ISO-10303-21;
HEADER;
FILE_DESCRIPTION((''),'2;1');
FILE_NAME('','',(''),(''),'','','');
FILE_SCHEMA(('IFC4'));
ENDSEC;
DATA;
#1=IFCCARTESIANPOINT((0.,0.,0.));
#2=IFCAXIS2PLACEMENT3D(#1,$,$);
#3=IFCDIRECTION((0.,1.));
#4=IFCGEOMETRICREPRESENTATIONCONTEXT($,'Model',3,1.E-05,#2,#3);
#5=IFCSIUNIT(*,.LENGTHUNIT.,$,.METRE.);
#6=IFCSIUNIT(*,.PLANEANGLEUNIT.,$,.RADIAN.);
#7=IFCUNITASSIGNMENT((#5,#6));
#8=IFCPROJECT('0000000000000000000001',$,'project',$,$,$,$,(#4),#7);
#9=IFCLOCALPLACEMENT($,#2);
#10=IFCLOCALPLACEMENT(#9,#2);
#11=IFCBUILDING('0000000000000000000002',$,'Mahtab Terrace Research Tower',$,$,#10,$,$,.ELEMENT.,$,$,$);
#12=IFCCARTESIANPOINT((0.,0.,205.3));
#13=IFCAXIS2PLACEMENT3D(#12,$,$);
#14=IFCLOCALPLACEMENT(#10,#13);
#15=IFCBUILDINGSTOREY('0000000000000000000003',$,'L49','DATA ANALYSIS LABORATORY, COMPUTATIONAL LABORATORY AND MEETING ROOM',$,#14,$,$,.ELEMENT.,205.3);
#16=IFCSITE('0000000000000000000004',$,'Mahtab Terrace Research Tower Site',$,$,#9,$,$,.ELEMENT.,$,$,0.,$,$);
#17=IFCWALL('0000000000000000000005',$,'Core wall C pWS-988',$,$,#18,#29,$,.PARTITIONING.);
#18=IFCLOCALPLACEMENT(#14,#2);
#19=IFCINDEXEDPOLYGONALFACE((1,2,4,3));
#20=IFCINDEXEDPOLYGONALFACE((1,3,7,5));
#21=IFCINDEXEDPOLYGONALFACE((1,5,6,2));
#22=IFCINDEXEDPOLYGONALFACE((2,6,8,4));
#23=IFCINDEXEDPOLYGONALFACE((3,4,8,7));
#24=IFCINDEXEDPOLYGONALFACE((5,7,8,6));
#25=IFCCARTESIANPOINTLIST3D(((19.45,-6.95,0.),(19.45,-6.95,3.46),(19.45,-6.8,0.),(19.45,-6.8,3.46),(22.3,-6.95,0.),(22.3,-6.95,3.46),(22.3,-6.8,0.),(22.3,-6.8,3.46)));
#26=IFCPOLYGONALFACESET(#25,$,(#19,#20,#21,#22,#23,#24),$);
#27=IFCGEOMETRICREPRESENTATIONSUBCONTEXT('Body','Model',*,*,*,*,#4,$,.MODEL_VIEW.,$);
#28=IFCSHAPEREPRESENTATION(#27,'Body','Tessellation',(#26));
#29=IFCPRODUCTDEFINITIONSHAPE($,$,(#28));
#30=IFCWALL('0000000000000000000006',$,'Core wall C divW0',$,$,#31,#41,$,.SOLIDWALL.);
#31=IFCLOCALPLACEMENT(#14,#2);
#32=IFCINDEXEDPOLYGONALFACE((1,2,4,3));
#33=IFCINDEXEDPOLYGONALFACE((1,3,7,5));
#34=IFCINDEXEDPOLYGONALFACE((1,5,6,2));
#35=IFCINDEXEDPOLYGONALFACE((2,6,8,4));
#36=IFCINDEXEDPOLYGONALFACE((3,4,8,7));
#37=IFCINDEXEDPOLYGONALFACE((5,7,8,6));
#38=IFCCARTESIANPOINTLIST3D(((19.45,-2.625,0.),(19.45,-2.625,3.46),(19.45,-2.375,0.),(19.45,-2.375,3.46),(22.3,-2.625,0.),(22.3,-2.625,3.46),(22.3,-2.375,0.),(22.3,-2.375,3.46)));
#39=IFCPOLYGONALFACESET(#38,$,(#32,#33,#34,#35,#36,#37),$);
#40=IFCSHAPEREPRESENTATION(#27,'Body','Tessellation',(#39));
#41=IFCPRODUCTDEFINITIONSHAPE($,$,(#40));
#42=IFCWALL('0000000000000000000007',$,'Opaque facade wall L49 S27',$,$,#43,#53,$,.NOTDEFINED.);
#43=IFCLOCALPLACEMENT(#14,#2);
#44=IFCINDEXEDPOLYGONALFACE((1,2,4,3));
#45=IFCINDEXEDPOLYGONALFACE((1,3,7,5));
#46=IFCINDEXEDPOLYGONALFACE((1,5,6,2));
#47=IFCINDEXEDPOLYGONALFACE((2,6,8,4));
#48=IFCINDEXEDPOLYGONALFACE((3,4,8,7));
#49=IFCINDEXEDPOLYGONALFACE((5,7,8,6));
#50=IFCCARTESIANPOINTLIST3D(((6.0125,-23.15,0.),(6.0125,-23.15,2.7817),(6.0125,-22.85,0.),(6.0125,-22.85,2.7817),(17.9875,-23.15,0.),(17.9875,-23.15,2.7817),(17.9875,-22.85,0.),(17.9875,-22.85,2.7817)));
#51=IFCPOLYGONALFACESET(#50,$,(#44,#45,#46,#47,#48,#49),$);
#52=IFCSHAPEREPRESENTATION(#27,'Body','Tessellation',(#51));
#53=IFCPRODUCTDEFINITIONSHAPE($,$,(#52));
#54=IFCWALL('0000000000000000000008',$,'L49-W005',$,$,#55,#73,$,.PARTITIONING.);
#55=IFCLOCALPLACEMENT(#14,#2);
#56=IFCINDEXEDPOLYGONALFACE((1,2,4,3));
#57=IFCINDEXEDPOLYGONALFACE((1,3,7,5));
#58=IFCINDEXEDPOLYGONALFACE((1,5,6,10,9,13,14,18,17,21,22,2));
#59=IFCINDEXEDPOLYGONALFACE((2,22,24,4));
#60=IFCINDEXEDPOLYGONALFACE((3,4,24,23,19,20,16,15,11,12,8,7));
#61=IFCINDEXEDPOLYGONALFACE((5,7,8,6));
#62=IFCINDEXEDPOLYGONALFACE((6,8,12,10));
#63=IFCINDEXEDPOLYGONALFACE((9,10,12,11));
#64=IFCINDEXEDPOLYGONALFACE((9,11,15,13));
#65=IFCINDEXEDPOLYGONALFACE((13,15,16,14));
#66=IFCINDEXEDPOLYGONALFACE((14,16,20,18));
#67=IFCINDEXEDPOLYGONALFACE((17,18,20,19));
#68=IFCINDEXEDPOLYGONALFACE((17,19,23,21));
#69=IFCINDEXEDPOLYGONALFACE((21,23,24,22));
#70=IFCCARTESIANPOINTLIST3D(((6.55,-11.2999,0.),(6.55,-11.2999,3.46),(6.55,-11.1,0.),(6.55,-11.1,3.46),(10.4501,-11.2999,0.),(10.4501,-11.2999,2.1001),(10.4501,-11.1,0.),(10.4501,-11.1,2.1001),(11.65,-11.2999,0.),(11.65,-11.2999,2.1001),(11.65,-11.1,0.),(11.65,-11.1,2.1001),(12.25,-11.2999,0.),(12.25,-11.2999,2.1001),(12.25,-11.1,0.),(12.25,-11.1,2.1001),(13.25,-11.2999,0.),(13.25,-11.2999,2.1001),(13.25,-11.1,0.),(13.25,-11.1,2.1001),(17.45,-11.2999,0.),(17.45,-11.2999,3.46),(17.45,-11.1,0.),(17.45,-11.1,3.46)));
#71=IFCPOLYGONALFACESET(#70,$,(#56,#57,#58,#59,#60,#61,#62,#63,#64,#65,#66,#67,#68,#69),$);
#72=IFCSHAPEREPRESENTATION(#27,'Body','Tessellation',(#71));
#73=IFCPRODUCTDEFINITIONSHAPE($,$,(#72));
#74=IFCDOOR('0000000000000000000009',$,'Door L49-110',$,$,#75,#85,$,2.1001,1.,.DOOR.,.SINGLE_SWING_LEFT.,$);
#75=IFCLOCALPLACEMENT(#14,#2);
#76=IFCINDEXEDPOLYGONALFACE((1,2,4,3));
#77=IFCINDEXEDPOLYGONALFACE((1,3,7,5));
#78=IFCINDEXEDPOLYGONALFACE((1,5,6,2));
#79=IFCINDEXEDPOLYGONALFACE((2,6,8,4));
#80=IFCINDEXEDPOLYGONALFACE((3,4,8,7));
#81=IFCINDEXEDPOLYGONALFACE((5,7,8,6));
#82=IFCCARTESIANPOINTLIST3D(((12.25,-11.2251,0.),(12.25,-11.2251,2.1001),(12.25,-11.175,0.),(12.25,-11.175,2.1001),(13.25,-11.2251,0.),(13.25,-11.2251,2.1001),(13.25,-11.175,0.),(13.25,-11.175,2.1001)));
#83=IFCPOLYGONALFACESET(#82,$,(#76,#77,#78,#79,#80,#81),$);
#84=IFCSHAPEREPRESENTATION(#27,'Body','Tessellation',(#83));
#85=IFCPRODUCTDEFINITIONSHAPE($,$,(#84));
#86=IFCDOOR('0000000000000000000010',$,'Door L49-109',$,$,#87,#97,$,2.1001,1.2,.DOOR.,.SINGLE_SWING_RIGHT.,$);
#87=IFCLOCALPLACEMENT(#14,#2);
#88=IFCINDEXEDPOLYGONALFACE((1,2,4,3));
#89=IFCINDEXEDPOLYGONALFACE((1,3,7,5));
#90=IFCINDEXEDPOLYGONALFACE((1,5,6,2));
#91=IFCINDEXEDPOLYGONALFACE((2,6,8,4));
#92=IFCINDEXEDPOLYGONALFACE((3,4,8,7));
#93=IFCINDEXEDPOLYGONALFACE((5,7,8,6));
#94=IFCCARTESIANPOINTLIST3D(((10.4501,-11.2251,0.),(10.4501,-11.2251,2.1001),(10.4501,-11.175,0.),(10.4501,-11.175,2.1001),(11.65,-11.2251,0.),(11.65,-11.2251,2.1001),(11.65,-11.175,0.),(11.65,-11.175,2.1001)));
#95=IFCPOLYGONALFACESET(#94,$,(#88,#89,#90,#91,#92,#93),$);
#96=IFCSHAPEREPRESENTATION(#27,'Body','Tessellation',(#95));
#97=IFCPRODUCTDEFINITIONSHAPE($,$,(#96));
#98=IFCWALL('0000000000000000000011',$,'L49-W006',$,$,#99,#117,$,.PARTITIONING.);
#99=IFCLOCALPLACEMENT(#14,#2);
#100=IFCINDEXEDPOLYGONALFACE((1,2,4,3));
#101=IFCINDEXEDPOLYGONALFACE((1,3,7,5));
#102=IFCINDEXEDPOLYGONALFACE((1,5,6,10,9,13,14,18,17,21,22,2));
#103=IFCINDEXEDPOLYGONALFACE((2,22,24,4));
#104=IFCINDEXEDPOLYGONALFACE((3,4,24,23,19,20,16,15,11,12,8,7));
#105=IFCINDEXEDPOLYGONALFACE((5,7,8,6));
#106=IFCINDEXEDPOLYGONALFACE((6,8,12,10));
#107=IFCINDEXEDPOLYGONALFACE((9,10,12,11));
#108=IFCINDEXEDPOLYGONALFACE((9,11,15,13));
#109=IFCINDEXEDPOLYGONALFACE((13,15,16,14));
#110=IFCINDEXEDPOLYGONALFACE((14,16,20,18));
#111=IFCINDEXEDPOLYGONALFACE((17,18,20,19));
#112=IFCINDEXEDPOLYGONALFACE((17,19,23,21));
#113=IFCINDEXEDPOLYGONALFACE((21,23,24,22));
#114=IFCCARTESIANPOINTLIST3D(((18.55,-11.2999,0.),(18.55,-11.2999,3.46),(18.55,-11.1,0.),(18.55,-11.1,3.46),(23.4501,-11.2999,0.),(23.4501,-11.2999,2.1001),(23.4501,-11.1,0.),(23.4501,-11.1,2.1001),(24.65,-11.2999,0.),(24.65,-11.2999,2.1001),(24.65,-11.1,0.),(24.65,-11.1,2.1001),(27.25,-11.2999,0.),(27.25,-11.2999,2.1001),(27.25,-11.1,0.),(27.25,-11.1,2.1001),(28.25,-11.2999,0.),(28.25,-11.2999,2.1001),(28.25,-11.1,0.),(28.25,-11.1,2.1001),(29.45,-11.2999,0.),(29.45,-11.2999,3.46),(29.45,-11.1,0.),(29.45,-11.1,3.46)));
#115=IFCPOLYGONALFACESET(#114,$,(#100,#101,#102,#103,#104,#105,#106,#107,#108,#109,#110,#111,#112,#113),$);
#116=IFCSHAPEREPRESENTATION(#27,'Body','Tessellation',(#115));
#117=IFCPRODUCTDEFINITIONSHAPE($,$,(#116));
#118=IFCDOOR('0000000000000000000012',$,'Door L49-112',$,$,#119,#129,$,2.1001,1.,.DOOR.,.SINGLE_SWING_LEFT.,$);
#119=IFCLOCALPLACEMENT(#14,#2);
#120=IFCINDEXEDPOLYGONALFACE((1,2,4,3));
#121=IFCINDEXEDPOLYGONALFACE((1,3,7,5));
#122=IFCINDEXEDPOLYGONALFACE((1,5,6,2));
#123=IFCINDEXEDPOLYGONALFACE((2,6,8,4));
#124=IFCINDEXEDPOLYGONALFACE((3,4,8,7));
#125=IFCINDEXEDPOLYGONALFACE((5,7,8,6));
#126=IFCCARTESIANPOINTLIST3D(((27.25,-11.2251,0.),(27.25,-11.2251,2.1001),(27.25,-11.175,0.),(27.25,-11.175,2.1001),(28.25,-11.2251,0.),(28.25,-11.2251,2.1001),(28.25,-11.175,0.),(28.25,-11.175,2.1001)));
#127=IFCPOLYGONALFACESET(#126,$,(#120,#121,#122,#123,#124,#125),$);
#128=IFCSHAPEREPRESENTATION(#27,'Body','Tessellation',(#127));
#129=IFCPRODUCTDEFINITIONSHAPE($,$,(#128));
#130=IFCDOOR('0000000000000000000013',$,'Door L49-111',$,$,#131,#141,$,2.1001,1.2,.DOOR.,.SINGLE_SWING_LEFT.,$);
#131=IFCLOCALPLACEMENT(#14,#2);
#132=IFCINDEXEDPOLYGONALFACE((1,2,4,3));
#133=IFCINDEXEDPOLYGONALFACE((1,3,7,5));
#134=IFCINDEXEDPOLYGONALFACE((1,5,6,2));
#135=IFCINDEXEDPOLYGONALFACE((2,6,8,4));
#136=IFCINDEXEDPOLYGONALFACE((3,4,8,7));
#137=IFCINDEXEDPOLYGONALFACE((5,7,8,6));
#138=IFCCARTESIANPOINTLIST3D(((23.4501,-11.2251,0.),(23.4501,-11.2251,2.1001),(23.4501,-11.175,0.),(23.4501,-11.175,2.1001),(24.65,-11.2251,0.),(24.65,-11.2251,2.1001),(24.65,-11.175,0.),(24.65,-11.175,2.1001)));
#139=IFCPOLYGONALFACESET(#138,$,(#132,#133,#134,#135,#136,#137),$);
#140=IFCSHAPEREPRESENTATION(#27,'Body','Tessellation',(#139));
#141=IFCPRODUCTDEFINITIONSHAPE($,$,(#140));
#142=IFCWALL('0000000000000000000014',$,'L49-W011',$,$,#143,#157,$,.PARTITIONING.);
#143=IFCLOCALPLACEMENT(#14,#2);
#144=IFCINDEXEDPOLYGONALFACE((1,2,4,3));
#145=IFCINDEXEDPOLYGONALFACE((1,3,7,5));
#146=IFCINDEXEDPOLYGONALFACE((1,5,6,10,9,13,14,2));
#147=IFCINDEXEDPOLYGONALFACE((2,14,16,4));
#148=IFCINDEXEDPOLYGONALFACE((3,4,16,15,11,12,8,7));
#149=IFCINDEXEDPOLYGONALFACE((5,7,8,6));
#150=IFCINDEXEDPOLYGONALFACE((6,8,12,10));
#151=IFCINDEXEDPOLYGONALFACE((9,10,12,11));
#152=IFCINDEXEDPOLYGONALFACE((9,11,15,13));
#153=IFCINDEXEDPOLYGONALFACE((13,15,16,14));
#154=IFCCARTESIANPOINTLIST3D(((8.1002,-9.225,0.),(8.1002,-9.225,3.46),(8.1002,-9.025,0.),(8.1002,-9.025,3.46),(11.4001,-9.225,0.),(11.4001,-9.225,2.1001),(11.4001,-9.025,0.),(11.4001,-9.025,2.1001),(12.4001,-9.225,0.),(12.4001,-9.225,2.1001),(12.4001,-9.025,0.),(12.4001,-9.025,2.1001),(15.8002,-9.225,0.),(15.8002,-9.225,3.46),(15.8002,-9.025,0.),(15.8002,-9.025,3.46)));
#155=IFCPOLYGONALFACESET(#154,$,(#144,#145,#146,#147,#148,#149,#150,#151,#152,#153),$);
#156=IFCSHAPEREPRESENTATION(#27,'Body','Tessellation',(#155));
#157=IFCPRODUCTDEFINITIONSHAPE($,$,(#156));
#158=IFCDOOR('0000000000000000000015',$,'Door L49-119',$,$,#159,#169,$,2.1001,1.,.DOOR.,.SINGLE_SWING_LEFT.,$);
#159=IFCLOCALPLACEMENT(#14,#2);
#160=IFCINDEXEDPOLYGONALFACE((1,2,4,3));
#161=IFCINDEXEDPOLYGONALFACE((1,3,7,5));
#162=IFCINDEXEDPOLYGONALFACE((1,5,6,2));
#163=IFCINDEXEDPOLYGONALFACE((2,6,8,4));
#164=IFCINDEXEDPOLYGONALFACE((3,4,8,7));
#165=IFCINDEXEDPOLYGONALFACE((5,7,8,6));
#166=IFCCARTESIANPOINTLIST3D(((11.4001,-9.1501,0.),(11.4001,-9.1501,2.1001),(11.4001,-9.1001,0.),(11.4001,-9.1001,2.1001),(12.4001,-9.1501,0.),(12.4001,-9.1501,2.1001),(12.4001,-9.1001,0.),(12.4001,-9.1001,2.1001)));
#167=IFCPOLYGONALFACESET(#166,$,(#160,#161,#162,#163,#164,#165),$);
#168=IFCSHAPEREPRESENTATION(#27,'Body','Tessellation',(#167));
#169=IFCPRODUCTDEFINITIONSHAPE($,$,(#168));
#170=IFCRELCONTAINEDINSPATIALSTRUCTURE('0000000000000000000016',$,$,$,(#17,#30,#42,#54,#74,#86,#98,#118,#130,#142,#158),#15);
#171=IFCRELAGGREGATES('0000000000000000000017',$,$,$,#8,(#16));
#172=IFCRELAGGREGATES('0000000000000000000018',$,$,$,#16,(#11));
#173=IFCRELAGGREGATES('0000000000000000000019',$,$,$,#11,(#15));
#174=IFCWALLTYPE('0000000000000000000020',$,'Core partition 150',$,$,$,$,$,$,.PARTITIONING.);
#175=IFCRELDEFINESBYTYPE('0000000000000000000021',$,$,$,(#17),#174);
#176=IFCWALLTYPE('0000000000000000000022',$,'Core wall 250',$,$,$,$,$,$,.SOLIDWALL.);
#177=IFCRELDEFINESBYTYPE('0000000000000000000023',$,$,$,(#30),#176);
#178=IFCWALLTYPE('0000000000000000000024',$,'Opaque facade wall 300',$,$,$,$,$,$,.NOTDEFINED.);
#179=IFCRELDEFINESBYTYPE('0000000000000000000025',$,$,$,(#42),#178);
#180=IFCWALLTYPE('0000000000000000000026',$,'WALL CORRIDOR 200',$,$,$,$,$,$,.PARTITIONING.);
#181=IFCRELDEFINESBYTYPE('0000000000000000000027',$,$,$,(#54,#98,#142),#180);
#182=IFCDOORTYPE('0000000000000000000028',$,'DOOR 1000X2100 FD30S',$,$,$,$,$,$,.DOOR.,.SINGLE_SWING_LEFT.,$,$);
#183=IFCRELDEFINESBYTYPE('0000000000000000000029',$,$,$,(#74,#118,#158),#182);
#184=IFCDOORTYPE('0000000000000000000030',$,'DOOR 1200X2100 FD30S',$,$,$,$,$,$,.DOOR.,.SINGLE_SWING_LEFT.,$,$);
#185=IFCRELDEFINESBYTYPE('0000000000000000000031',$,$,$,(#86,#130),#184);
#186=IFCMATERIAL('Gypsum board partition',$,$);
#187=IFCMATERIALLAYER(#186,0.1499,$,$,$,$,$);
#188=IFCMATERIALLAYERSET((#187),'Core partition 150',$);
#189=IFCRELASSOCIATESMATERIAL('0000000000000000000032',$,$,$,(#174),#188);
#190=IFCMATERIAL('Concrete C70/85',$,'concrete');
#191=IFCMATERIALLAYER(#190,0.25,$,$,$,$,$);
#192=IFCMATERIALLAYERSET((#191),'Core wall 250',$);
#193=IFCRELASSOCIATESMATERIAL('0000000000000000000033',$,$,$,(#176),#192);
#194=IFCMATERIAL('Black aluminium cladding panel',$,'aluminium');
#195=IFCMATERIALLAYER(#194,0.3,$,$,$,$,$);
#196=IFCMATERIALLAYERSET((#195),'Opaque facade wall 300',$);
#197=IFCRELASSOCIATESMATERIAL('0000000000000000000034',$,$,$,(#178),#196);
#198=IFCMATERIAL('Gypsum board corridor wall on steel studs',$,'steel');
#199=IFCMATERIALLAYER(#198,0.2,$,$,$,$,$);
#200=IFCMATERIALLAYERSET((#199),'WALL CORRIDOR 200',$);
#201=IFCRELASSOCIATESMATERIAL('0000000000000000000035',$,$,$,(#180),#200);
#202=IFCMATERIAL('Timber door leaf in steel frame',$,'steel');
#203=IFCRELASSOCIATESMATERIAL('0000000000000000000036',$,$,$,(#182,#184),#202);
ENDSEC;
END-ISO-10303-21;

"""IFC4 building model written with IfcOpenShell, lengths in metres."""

from ifc_helpers import new_model, si_unit, direction, frame, frame_2d, origin, place, context, subcontext, project, spatial, rectangle, extrude, material, layer, layer_set, type_object, element, fill, save


model = new_model("IFC4")

# Units and contexts
model_context = context("Model", 3, precision=1e-05, world=origin(), true_north=direction((0.0, 1.0)))
body_context = subcontext(model_context, "Body", "Model", "MODEL_VIEW")
ifc_project = project(units=[si_unit("LENGTHUNIT", "METRE"), si_unit("PLANEANGLEUNIT", "RADIAN")], contexts=[model_context])

# Site, building, storey
site_placement = place(None, origin())
site = spatial("IfcSite", under=ifc_project, at=site_placement, Name="Mahtab Terrace Research Tower Site", CompositionType="ELEMENT", RefElevation=0.0)
building_placement = place(site_placement, origin())
building = spatial("IfcBuilding", under=site, at=building_placement, Name="Mahtab Terrace Research Tower", CompositionType="ELEMENT")
storey_placement = place(building_placement, frame((0.0, 0.0, 205.3)))
storey = spatial("IfcBuildingStorey", under=building, at=storey_placement, Name="L49", Description="DATA ANALYSIS LABORATORY, COMPUTATIONAL LABORATORY AND MEETING ROOM", CompositionType="ELEMENT", Elevation=205.3)

# Shared definitions
ifc_material_1 = material(Name="Concrete C70/85", Category="concrete")

# Walls
ifc_material_2 = material(Name="Gypsum board partition")
ifc_layer_1 = layer(ifc_material_2, 0.1499)
ifc_layer_set_1 = layer_set([ifc_layer_1], Name="Core partition 150")
wall_type_1 = type_object("IfcWallType", Name="Core partition 150", PredefinedType="PARTITIONING", material=ifc_layer_set_1)
wall_1_placement = place(storey_placement, frame((19.45, -6.875, 0.0), z_axis=(0.0, 0.0, 1.0), x_axis=(1.0, 0.0, 0.0)))
element("IfcWall", 1, at=wall_1_placement, inside=storey, type_object=wall_type_1, Name="Core wall C pWS-988", PredefinedType="PARTITIONING", context=body_context, shape_type="SweptSolid", body=[
    extrude(rectangle(XDim=2.8501, YDim=0.1499, at=frame_2d((1.425, 0.0))), origin(), (0.0, 0.0, 1.0), 3.46),
])
ifc_layer_2 = layer(ifc_material_1, 0.25)
ifc_layer_set_2 = layer_set([ifc_layer_2], Name="Core wall 250")
wall_type_2 = type_object("IfcWallType", Name="Core wall 250", PredefinedType="SOLIDWALL", material=ifc_layer_set_2)
wall_2_placement = place(storey_placement, frame((19.45, -2.5, 0.0), z_axis=(0.0, 0.0, 1.0), x_axis=(1.0, 0.0, 0.0)))
element("IfcWall", 2, at=wall_2_placement, inside=storey, type_object=wall_type_2, Name="Core wall C divW0", PredefinedType="SOLIDWALL", context=body_context, shape_type="SweptSolid", body=[
    extrude(rectangle(XDim=2.8501, YDim=0.25, at=frame_2d((1.425, 0.0))), origin(), (0.0, 0.0, 1.0), 3.46),
])
ifc_material_3 = material(Name="Black aluminium cladding panel", Category="aluminium")
ifc_layer_3 = layer(ifc_material_3, 0.3)
ifc_layer_set_3 = layer_set([ifc_layer_3], Name="Opaque facade wall 300")
wall_type_3 = type_object("IfcWallType", Name="Opaque facade wall 300", PredefinedType="NOTDEFINED", material=ifc_layer_set_3)
wall_3_placement = place(storey_placement, frame((6.0125, -23.0, 0.0), z_axis=(0.0, 0.0, 1.0), x_axis=(1.0, 0.0, 0.0)))
element("IfcWall", 3, at=wall_3_placement, inside=storey, type_object=wall_type_3, Name="Opaque facade wall L49 S27", PredefinedType="NOTDEFINED", context=body_context, shape_type="SweptSolid", body=[
    extrude(rectangle(XDim=11.9751, YDim=0.3, at=frame_2d((5.9875, 0.0))), origin(), (0.0, 0.0, 1.0), 2.7817),
])

# Walls, openings, doors
ifc_material_4 = material(Name="Gypsum board corridor wall on steel studs", Category="steel")
ifc_layer_4 = layer(ifc_material_4, 0.2)
ifc_layer_set_4 = layer_set([ifc_layer_4], Name="WALL CORRIDOR 200")
wall_type_4 = type_object("IfcWallType", Name="WALL CORRIDOR 200", PredefinedType="PARTITIONING", material=ifc_layer_set_4)
wall_4_placement = place(storey_placement, frame((6.55, -11.2, 0.0), z_axis=(0.0, 0.0, 1.0), x_axis=(1.0, 0.0, 0.0)))
wall_4 = element("IfcWall", 4, at=wall_4_placement, inside=storey, type_object=wall_type_4, Name="L49-W005", PredefinedType="PARTITIONING", context=body_context, shape_type="SweptSolid", body=[
    extrude(rectangle(XDim=10.8999, YDim=0.2, at=frame_2d((5.45, 0.0))), origin(), (0.0, 0.0, 1.0), 3.46),
])
opening_1_placement = place(wall_4_placement, frame((3.8999, 0.0, 0.0)))
opening_1 = element("IfcOpeningElement", 5, at=opening_1_placement, cuts=wall_4, PredefinedType="OPENING", context=body_context, shape_type="SweptSolid", body=[
    extrude(rectangle(XDim=1.2, YDim=2.1001, at=frame_2d((0.6001, 1.05))), frame((0.0, 0.1099, 0.0), z_axis=(0.0, -1.0, 0.0), x_axis=(1.0, 0.0, 0.0)), (0.0, 0.0, 1.0), 0.22),
])
opening_2_placement = place(wall_4_placement, frame((5.7, 0.0, 0.0)))
opening_2 = element("IfcOpeningElement", 6, at=opening_2_placement, cuts=wall_4, PredefinedType="OPENING", context=body_context, shape_type="SweptSolid", body=[
    extrude(rectangle(XDim=1.0, YDim=2.1001, at=frame_2d((0.5, 1.05))), frame((0.0, 0.1099, 0.0), z_axis=(0.0, -1.0, 0.0), x_axis=(1.0, 0.0, 0.0)), (0.0, 0.0, 1.0), 0.22),
])
ifc_material_5 = material(Name="Timber door leaf in steel frame", Category="steel")
door_type_1 = type_object("IfcDoorType", Name="DOOR 1000X2100 FD30S", OperationType="SINGLE_SWING_LEFT", PredefinedType="DOOR", material=ifc_material_5)
door_1_placement = place(opening_2_placement, origin())
door_1 = element("IfcDoor", 7, at=door_1_placement, inside=storey, type_object=door_type_1, Name="Door L49-110", OperationType="SINGLE_SWING_LEFT", OverallHeight=2.1001, OverallWidth=1.0, PredefinedType="DOOR", context=body_context, shape_type="SweptSolid", body=[
    extrude(rectangle(XDim=1.0, YDim=2.1001, at=frame_2d((0.5, 1.05))), frame((0.0, 0.0249, 0.0), z_axis=(0.0, -1.0, 0.0), x_axis=(1.0, 0.0, 0.0)), (0.0, 0.0, 1.0), 0.05),
])
fill(opening_2, door_1)
door_type_2 = type_object("IfcDoorType", Name="DOOR 1200X2100 FD30S", OperationType="SINGLE_SWING_LEFT", PredefinedType="DOOR", material=ifc_material_5)
door_2_placement = place(opening_1_placement, origin())
door_2 = element("IfcDoor", 8, at=door_2_placement, inside=storey, type_object=door_type_2, Name="Door L49-109", OperationType="SINGLE_SWING_RIGHT", OverallHeight=2.1001, OverallWidth=1.2, PredefinedType="DOOR", context=body_context, shape_type="SweptSolid", body=[
    extrude(rectangle(XDim=1.2, YDim=2.1001, at=frame_2d((0.6001, 1.05))), frame((0.0, 0.0249, 0.0), z_axis=(0.0, -1.0, 0.0), x_axis=(1.0, 0.0, 0.0)), (0.0, 0.0, 1.0), 0.05),
])
fill(opening_1, door_2)
wall_5_placement = place(storey_placement, frame((18.55, -11.2, 0.0), z_axis=(0.0, 0.0, 1.0), x_axis=(1.0, 0.0, 0.0)))
wall_5 = element("IfcWall", 9, at=wall_5_placement, inside=storey, type_object=wall_type_4, Name="L49-W006", PredefinedType="PARTITIONING", context=body_context, shape_type="SweptSolid", body=[
    extrude(rectangle(XDim=10.8999, YDim=0.2, at=frame_2d((5.45, 0.0))), origin(), (0.0, 0.0, 1.0), 3.46),
])
opening_3_placement = place(wall_5_placement, frame((4.8999, 0.0, 0.0)))
opening_3 = element("IfcOpeningElement", 10, at=opening_3_placement, cuts=wall_5, PredefinedType="OPENING", context=body_context, shape_type="SweptSolid", body=[
    extrude(rectangle(XDim=1.2, YDim=2.1001, at=frame_2d((0.6001, 1.05))), frame((0.0, 0.1099, 0.0), z_axis=(0.0, -1.0, 0.0), x_axis=(1.0, 0.0, 0.0)), (0.0, 0.0, 1.0), 0.22),
])
opening_4_placement = place(wall_5_placement, frame((8.7, 0.0, 0.0)))
opening_4 = element("IfcOpeningElement", 11, at=opening_4_placement, cuts=wall_5, PredefinedType="OPENING", context=body_context, shape_type="SweptSolid", body=[
    extrude(rectangle(XDim=1.0, YDim=2.1001, at=frame_2d((0.5, 1.05))), frame((0.0, 0.1099, 0.0), z_axis=(0.0, -1.0, 0.0), x_axis=(1.0, 0.0, 0.0)), (0.0, 0.0, 1.0), 0.22),
])
door_3_placement = place(opening_4_placement, origin())
door_3 = element("IfcDoor", 12, at=door_3_placement, inside=storey, type_object=door_type_1, Name="Door L49-112", OperationType="SINGLE_SWING_LEFT", OverallHeight=2.1001, OverallWidth=1.0, PredefinedType="DOOR", context=body_context, shape_type="SweptSolid", body=[
    extrude(rectangle(XDim=1.0, YDim=2.1001, at=frame_2d((0.5, 1.05))), frame((0.0, 0.0249, 0.0), z_axis=(0.0, -1.0, 0.0), x_axis=(1.0, 0.0, 0.0)), (0.0, 0.0, 1.0), 0.05),
])
fill(opening_4, door_3)
door_4_placement = place(opening_3_placement, origin())
door_4 = element("IfcDoor", 13, at=door_4_placement, inside=storey, type_object=door_type_2, Name="Door L49-111", OperationType="SINGLE_SWING_LEFT", OverallHeight=2.1001, OverallWidth=1.2, PredefinedType="DOOR", context=body_context, shape_type="SweptSolid", body=[
    extrude(rectangle(XDim=1.2, YDim=2.1001, at=frame_2d((0.6001, 1.05))), frame((0.0, 0.0249, 0.0), z_axis=(0.0, -1.0, 0.0), x_axis=(1.0, 0.0, 0.0)), (0.0, 0.0, 1.0), 0.05),
])
fill(opening_3, door_4)

# Wall, opening, door
wall_6_placement = place(storey_placement, frame((8.1001, -9.125, 0.0), z_axis=(0.0, 0.0, 1.0), x_axis=(1.0, 0.0, 0.0)))
wall_6 = element("IfcWall", 14, at=wall_6_placement, inside=storey, type_object=wall_type_4, Name="L49-W011", PredefinedType="PARTITIONING", context=body_context, shape_type="SweptSolid", body=[
    extrude(rectangle(XDim=7.7, YDim=0.2, at=frame_2d((3.8501, 0.0))), origin(), (0.0, 0.0, 1.0), 3.46),
])
opening_5_placement = place(wall_6_placement, frame((3.3, 0.0, 0.0)))
opening_5 = element("IfcOpeningElement", 15, at=opening_5_placement, cuts=wall_6, PredefinedType="OPENING", context=body_context, shape_type="SweptSolid", body=[
    extrude(rectangle(XDim=1.0, YDim=2.1001, at=frame_2d((0.5, 1.05))), frame((0.0, 0.1099, 0.0), z_axis=(0.0, -1.0, 0.0), x_axis=(1.0, 0.0, 0.0)), (0.0, 0.0, 1.0), 0.22),
])
door_5_placement = place(opening_5_placement, origin())
door_5 = element("IfcDoor", 16, at=door_5_placement, inside=storey, type_object=door_type_1, Name="Door L49-119", OperationType="SINGLE_SWING_LEFT", OverallHeight=2.1001, OverallWidth=1.0, PredefinedType="DOOR", context=body_context, shape_type="SweptSolid", body=[
    extrude(rectangle(XDim=1.0, YDim=2.1001, at=frame_2d((0.5, 1.05))), frame((0.0, 0.0249, 0.0), z_axis=(0.0, -1.0, 0.0), x_axis=(1.0, 0.0, 0.0)), (0.0, 0.0, 1.0), 0.05),
])
fill(opening_5, door_5)

save(model, "model.ifc")
